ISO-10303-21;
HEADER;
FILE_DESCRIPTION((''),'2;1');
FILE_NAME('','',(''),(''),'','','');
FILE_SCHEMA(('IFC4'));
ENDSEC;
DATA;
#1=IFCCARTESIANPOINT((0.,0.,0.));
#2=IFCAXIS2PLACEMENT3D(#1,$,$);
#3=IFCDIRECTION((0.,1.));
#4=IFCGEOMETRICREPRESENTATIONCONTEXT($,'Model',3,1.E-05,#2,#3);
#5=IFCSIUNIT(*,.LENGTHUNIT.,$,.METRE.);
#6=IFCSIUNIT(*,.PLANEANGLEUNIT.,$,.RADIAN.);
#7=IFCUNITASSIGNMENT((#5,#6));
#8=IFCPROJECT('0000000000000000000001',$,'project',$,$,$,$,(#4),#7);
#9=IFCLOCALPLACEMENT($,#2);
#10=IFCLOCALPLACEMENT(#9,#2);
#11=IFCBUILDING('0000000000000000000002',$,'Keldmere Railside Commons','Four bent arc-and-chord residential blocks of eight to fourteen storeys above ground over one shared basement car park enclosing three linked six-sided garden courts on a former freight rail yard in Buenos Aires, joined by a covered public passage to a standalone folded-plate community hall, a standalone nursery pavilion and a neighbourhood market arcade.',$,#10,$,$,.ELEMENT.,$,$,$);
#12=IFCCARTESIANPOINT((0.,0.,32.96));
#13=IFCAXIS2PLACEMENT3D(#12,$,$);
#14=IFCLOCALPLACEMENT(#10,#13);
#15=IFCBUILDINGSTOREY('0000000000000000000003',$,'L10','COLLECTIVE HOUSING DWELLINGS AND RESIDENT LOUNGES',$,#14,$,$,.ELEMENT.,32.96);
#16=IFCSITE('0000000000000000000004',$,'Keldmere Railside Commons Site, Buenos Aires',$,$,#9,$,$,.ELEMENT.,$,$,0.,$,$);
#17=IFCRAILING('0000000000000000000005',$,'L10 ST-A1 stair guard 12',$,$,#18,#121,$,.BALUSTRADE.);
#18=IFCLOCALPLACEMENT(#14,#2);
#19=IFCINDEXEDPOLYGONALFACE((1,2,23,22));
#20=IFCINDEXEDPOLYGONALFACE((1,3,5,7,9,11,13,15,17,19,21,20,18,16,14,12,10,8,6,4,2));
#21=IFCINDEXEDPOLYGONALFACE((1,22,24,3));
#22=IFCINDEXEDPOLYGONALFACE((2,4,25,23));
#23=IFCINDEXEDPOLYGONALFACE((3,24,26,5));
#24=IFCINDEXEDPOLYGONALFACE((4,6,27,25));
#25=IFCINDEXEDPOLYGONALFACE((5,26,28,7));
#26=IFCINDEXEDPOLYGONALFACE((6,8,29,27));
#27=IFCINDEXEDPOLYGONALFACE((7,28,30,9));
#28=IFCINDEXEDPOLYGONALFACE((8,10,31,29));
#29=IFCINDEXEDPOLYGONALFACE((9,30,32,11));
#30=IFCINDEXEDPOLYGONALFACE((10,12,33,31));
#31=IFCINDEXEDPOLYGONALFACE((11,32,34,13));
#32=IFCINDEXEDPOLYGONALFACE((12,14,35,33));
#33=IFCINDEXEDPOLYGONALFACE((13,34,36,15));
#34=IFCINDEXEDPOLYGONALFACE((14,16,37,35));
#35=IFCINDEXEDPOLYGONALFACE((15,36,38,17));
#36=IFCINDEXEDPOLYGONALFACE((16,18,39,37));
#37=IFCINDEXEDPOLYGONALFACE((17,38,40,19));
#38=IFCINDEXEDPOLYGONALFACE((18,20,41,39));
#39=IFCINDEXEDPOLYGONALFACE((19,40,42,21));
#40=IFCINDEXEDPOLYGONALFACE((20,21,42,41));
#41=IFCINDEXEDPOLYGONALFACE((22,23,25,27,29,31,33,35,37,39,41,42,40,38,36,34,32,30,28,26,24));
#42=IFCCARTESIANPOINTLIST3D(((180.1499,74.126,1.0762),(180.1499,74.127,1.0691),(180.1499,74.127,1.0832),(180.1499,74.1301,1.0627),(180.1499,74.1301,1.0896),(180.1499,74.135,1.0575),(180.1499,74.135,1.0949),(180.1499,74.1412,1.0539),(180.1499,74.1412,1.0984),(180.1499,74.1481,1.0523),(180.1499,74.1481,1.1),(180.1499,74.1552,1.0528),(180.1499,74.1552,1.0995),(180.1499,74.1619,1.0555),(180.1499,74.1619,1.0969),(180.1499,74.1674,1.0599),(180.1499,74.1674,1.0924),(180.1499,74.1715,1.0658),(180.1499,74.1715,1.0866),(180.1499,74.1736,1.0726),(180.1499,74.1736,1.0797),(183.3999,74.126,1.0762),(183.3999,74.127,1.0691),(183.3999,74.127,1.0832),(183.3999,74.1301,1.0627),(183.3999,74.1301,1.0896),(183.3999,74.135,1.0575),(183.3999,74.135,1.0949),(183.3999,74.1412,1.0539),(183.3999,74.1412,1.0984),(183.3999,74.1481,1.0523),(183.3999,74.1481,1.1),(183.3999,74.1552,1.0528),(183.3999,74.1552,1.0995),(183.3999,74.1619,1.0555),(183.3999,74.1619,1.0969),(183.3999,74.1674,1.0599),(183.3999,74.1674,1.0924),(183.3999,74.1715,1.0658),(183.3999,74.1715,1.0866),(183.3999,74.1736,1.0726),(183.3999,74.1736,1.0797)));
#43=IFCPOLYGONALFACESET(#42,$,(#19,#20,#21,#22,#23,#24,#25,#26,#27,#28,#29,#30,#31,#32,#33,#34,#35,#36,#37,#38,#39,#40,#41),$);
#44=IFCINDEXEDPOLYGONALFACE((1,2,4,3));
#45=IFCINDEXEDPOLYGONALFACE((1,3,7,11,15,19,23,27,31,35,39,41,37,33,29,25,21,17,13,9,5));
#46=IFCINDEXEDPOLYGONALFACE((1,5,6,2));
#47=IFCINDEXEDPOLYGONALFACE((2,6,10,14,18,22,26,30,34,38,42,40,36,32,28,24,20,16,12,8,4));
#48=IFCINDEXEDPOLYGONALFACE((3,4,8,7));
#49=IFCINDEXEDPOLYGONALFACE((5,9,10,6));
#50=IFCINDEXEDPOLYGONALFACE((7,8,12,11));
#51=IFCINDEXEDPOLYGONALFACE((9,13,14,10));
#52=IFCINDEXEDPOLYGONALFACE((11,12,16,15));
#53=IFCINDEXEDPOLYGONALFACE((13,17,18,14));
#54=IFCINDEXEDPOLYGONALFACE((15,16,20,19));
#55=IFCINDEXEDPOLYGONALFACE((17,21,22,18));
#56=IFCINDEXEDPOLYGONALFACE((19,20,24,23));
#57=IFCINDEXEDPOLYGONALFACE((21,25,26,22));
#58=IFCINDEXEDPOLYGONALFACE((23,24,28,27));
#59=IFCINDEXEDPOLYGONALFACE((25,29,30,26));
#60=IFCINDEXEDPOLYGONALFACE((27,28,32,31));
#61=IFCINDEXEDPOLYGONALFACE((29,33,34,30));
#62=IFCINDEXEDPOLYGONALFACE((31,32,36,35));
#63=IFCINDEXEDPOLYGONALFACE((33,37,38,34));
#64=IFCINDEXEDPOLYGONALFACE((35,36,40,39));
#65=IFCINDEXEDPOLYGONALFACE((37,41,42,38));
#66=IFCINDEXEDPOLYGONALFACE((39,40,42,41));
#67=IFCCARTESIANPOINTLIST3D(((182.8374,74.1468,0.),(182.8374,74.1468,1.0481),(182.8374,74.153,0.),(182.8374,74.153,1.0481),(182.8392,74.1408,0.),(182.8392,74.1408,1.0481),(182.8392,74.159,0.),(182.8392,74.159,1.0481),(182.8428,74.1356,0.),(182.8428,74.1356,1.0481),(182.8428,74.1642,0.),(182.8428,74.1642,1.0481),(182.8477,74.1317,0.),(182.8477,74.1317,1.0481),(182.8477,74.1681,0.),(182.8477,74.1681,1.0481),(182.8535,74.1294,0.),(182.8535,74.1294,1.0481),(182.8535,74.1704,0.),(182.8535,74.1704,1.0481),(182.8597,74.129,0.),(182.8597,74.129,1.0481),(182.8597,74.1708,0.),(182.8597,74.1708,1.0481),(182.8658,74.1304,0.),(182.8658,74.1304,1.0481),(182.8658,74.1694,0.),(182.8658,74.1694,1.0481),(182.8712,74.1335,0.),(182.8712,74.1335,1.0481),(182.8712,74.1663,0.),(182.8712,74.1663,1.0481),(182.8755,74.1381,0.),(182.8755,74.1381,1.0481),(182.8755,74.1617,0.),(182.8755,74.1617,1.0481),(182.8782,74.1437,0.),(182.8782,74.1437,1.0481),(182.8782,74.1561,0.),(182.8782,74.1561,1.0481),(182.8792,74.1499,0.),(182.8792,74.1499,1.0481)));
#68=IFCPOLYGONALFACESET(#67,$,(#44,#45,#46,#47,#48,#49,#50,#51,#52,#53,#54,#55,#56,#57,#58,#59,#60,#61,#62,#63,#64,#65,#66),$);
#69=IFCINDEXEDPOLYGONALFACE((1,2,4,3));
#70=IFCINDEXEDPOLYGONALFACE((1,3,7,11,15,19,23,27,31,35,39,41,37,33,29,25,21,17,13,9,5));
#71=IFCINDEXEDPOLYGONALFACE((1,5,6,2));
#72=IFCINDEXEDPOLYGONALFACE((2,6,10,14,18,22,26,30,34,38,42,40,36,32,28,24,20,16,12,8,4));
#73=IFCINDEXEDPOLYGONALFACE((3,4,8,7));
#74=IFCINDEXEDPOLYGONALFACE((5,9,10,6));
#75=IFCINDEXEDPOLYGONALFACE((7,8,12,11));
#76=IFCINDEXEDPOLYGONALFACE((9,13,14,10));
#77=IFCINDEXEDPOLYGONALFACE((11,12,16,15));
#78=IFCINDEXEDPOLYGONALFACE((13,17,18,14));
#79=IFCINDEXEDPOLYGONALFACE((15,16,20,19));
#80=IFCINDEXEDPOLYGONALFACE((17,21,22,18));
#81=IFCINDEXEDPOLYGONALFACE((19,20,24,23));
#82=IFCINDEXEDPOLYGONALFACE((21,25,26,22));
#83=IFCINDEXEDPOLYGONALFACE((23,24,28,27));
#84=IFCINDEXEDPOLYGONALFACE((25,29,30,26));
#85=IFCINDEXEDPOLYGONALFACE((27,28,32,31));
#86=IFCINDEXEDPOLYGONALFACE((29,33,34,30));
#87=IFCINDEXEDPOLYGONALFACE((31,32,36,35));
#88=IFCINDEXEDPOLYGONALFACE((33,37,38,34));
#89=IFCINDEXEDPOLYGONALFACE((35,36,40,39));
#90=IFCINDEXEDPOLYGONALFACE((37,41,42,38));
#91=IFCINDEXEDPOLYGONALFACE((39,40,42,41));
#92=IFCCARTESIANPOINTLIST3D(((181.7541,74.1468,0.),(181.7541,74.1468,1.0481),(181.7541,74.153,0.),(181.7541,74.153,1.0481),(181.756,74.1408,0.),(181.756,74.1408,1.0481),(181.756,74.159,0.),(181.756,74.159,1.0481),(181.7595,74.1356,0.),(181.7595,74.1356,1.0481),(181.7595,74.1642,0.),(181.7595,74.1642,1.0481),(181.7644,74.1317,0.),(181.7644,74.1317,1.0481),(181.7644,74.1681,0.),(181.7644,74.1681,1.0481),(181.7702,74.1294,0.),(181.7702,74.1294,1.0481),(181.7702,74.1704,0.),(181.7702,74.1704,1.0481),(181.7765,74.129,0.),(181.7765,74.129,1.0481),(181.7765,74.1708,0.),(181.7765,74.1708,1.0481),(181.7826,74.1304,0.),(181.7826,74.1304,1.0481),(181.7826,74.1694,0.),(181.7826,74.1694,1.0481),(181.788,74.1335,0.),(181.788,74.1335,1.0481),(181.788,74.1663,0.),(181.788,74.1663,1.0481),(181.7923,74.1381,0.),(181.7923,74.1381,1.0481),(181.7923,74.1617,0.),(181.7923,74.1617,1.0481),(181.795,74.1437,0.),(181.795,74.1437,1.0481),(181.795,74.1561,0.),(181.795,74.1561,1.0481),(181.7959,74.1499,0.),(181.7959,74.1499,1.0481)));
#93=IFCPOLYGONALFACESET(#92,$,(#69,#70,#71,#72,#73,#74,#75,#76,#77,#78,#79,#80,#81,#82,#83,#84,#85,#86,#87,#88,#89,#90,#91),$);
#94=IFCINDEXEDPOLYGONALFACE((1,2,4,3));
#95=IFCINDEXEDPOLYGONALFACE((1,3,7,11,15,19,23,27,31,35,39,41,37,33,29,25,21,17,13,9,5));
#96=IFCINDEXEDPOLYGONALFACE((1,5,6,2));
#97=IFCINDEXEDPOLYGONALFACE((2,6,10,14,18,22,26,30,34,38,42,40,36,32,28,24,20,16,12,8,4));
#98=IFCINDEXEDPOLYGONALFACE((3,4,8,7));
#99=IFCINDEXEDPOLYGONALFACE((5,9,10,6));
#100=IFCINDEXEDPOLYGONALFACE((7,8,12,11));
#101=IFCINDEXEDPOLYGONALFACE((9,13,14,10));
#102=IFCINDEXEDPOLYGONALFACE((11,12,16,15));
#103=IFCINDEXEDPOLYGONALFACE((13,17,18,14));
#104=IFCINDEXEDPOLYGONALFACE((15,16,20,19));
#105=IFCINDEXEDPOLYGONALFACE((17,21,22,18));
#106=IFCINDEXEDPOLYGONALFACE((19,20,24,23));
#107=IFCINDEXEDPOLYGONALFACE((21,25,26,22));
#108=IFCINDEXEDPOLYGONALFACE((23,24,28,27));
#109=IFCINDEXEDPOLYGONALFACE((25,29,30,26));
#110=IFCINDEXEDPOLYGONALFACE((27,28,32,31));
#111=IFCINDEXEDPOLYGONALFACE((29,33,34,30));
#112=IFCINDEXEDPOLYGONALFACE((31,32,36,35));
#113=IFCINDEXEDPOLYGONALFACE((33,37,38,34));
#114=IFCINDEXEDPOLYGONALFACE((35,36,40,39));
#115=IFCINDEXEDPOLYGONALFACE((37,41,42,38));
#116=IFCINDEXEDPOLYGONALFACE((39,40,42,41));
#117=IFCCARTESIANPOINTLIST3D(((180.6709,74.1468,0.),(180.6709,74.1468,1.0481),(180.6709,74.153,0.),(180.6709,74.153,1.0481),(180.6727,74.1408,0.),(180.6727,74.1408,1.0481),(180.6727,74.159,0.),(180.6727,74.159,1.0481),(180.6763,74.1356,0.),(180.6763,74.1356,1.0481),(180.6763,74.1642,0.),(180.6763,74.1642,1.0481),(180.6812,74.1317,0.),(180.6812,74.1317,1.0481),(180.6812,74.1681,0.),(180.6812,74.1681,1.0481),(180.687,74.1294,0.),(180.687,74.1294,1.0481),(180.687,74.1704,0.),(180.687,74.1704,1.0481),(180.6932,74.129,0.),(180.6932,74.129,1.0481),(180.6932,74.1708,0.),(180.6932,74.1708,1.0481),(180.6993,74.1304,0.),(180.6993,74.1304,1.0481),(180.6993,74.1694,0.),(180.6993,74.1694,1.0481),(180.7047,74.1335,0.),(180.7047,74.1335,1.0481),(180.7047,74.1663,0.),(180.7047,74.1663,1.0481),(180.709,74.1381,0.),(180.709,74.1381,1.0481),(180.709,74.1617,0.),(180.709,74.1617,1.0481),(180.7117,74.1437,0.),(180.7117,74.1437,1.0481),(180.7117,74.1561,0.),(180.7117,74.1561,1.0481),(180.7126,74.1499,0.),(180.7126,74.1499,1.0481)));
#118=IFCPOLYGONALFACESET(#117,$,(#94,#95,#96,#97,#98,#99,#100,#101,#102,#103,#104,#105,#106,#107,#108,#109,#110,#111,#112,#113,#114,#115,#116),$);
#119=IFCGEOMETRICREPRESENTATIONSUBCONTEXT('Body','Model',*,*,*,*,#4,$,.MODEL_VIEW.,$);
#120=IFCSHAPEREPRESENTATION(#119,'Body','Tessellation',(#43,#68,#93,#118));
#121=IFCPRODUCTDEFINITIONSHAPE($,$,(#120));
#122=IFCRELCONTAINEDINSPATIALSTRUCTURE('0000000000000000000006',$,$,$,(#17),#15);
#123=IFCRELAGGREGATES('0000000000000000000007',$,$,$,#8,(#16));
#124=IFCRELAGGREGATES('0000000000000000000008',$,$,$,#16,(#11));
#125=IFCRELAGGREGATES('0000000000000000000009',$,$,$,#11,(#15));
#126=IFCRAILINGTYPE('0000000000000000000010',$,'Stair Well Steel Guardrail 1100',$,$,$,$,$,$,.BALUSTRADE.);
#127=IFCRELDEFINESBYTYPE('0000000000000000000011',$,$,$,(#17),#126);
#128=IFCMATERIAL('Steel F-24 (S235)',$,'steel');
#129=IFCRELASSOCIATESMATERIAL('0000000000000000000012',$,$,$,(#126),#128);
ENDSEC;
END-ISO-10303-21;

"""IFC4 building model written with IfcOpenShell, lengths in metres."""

from ifc_helpers import new_model, si_unit, direction, frame, origin, origin_2d, place, context, subcontext, project, spatial, circle, extrude, material, type_object, element, save


model = new_model("IFC4")

# Units and contexts
model_context = context("Model", 3, precision=1e-05, world=origin(), true_north=direction((0.0, 1.0)))
body_context = subcontext(model_context, "Body", "Model", "MODEL_VIEW")
ifc_project = project(units=[si_unit("LENGTHUNIT", "METRE"), si_unit("PLANEANGLEUNIT", "RADIAN")], contexts=[model_context])

# Site, building, storey
site_placement = place(None, origin())
site = spatial("IfcSite", under=ifc_project, at=site_placement, Name="Keldmere Railside Commons Site, Buenos Aires", CompositionType="ELEMENT", RefElevation=0.0)
building_placement = place(site_placement, origin())
building = spatial("IfcBuilding", under=site, at=building_placement, Name="Keldmere Railside Commons", Description="Four bent arc-and-chord residential blocks of eight to fourteen storeys above ground over one shared basement car park enclosing three linked six-sided garden courts on a former freight rail yard in Buenos Aires, joined by a covered public passage to a standalone folded-plate community hall, a standalone nursery pavilion and a neighbourhood market arcade.", CompositionType="ELEMENT")
storey_placement = place(building_placement, frame((0.0, 0.0, 32.96)))
storey = spatial("IfcBuildingStorey", under=building, at=storey_placement, Name="L10", Description="COLLECTIVE HOUSING DWELLINGS AND RESIDENT LOUNGES", CompositionType="ELEMENT", Elevation=32.96)

# Shared definitions
ifc_material_1 = material(Name="Steel F-24 (S235)", Category="steel")

# Railing
railing_type_1 = type_object("IfcRailingType", Name="Stair Well Steel Guardrail 1100", PredefinedType="BALUSTRADE", material=ifc_material_1)
railing_1_placement = place(storey_placement, frame((183.3999, 74.1499, 0.0)))
element("IfcRailing", 1, at=railing_1_placement, inside=storey, type_object=railing_type_1, Name="L10 ST-A1 stair guard 12", PredefinedType="BALUSTRADE", context=body_context, shape_type="SweptSolid", body=[
    extrude(circle(Radius=0.0239, at=origin_2d()), frame((0.0, 0.0, 1.0762), z_axis=(-1.0, 0.0, 0.0), x_axis=(0.0, -1.0, 0.0)), (0.0, 0.0, 1.0), 3.25),
    extrude(circle(Radius=0.021, at=origin_2d()), frame((-0.5417, 0.0, 0.0)), (0.0, 0.0, 1.0), 1.0481),
    extrude(circle(Radius=0.021, at=origin_2d()), frame((-1.625, 0.0, 0.0)), (0.0, 0.0, 1.0), 1.0481),
    extrude(circle(Radius=0.021, at=origin_2d()), frame((-2.7083, 0.0, 0.0)), (0.0, 0.0, 1.0), 1.0481),
])

save(model, "model.ifc")
